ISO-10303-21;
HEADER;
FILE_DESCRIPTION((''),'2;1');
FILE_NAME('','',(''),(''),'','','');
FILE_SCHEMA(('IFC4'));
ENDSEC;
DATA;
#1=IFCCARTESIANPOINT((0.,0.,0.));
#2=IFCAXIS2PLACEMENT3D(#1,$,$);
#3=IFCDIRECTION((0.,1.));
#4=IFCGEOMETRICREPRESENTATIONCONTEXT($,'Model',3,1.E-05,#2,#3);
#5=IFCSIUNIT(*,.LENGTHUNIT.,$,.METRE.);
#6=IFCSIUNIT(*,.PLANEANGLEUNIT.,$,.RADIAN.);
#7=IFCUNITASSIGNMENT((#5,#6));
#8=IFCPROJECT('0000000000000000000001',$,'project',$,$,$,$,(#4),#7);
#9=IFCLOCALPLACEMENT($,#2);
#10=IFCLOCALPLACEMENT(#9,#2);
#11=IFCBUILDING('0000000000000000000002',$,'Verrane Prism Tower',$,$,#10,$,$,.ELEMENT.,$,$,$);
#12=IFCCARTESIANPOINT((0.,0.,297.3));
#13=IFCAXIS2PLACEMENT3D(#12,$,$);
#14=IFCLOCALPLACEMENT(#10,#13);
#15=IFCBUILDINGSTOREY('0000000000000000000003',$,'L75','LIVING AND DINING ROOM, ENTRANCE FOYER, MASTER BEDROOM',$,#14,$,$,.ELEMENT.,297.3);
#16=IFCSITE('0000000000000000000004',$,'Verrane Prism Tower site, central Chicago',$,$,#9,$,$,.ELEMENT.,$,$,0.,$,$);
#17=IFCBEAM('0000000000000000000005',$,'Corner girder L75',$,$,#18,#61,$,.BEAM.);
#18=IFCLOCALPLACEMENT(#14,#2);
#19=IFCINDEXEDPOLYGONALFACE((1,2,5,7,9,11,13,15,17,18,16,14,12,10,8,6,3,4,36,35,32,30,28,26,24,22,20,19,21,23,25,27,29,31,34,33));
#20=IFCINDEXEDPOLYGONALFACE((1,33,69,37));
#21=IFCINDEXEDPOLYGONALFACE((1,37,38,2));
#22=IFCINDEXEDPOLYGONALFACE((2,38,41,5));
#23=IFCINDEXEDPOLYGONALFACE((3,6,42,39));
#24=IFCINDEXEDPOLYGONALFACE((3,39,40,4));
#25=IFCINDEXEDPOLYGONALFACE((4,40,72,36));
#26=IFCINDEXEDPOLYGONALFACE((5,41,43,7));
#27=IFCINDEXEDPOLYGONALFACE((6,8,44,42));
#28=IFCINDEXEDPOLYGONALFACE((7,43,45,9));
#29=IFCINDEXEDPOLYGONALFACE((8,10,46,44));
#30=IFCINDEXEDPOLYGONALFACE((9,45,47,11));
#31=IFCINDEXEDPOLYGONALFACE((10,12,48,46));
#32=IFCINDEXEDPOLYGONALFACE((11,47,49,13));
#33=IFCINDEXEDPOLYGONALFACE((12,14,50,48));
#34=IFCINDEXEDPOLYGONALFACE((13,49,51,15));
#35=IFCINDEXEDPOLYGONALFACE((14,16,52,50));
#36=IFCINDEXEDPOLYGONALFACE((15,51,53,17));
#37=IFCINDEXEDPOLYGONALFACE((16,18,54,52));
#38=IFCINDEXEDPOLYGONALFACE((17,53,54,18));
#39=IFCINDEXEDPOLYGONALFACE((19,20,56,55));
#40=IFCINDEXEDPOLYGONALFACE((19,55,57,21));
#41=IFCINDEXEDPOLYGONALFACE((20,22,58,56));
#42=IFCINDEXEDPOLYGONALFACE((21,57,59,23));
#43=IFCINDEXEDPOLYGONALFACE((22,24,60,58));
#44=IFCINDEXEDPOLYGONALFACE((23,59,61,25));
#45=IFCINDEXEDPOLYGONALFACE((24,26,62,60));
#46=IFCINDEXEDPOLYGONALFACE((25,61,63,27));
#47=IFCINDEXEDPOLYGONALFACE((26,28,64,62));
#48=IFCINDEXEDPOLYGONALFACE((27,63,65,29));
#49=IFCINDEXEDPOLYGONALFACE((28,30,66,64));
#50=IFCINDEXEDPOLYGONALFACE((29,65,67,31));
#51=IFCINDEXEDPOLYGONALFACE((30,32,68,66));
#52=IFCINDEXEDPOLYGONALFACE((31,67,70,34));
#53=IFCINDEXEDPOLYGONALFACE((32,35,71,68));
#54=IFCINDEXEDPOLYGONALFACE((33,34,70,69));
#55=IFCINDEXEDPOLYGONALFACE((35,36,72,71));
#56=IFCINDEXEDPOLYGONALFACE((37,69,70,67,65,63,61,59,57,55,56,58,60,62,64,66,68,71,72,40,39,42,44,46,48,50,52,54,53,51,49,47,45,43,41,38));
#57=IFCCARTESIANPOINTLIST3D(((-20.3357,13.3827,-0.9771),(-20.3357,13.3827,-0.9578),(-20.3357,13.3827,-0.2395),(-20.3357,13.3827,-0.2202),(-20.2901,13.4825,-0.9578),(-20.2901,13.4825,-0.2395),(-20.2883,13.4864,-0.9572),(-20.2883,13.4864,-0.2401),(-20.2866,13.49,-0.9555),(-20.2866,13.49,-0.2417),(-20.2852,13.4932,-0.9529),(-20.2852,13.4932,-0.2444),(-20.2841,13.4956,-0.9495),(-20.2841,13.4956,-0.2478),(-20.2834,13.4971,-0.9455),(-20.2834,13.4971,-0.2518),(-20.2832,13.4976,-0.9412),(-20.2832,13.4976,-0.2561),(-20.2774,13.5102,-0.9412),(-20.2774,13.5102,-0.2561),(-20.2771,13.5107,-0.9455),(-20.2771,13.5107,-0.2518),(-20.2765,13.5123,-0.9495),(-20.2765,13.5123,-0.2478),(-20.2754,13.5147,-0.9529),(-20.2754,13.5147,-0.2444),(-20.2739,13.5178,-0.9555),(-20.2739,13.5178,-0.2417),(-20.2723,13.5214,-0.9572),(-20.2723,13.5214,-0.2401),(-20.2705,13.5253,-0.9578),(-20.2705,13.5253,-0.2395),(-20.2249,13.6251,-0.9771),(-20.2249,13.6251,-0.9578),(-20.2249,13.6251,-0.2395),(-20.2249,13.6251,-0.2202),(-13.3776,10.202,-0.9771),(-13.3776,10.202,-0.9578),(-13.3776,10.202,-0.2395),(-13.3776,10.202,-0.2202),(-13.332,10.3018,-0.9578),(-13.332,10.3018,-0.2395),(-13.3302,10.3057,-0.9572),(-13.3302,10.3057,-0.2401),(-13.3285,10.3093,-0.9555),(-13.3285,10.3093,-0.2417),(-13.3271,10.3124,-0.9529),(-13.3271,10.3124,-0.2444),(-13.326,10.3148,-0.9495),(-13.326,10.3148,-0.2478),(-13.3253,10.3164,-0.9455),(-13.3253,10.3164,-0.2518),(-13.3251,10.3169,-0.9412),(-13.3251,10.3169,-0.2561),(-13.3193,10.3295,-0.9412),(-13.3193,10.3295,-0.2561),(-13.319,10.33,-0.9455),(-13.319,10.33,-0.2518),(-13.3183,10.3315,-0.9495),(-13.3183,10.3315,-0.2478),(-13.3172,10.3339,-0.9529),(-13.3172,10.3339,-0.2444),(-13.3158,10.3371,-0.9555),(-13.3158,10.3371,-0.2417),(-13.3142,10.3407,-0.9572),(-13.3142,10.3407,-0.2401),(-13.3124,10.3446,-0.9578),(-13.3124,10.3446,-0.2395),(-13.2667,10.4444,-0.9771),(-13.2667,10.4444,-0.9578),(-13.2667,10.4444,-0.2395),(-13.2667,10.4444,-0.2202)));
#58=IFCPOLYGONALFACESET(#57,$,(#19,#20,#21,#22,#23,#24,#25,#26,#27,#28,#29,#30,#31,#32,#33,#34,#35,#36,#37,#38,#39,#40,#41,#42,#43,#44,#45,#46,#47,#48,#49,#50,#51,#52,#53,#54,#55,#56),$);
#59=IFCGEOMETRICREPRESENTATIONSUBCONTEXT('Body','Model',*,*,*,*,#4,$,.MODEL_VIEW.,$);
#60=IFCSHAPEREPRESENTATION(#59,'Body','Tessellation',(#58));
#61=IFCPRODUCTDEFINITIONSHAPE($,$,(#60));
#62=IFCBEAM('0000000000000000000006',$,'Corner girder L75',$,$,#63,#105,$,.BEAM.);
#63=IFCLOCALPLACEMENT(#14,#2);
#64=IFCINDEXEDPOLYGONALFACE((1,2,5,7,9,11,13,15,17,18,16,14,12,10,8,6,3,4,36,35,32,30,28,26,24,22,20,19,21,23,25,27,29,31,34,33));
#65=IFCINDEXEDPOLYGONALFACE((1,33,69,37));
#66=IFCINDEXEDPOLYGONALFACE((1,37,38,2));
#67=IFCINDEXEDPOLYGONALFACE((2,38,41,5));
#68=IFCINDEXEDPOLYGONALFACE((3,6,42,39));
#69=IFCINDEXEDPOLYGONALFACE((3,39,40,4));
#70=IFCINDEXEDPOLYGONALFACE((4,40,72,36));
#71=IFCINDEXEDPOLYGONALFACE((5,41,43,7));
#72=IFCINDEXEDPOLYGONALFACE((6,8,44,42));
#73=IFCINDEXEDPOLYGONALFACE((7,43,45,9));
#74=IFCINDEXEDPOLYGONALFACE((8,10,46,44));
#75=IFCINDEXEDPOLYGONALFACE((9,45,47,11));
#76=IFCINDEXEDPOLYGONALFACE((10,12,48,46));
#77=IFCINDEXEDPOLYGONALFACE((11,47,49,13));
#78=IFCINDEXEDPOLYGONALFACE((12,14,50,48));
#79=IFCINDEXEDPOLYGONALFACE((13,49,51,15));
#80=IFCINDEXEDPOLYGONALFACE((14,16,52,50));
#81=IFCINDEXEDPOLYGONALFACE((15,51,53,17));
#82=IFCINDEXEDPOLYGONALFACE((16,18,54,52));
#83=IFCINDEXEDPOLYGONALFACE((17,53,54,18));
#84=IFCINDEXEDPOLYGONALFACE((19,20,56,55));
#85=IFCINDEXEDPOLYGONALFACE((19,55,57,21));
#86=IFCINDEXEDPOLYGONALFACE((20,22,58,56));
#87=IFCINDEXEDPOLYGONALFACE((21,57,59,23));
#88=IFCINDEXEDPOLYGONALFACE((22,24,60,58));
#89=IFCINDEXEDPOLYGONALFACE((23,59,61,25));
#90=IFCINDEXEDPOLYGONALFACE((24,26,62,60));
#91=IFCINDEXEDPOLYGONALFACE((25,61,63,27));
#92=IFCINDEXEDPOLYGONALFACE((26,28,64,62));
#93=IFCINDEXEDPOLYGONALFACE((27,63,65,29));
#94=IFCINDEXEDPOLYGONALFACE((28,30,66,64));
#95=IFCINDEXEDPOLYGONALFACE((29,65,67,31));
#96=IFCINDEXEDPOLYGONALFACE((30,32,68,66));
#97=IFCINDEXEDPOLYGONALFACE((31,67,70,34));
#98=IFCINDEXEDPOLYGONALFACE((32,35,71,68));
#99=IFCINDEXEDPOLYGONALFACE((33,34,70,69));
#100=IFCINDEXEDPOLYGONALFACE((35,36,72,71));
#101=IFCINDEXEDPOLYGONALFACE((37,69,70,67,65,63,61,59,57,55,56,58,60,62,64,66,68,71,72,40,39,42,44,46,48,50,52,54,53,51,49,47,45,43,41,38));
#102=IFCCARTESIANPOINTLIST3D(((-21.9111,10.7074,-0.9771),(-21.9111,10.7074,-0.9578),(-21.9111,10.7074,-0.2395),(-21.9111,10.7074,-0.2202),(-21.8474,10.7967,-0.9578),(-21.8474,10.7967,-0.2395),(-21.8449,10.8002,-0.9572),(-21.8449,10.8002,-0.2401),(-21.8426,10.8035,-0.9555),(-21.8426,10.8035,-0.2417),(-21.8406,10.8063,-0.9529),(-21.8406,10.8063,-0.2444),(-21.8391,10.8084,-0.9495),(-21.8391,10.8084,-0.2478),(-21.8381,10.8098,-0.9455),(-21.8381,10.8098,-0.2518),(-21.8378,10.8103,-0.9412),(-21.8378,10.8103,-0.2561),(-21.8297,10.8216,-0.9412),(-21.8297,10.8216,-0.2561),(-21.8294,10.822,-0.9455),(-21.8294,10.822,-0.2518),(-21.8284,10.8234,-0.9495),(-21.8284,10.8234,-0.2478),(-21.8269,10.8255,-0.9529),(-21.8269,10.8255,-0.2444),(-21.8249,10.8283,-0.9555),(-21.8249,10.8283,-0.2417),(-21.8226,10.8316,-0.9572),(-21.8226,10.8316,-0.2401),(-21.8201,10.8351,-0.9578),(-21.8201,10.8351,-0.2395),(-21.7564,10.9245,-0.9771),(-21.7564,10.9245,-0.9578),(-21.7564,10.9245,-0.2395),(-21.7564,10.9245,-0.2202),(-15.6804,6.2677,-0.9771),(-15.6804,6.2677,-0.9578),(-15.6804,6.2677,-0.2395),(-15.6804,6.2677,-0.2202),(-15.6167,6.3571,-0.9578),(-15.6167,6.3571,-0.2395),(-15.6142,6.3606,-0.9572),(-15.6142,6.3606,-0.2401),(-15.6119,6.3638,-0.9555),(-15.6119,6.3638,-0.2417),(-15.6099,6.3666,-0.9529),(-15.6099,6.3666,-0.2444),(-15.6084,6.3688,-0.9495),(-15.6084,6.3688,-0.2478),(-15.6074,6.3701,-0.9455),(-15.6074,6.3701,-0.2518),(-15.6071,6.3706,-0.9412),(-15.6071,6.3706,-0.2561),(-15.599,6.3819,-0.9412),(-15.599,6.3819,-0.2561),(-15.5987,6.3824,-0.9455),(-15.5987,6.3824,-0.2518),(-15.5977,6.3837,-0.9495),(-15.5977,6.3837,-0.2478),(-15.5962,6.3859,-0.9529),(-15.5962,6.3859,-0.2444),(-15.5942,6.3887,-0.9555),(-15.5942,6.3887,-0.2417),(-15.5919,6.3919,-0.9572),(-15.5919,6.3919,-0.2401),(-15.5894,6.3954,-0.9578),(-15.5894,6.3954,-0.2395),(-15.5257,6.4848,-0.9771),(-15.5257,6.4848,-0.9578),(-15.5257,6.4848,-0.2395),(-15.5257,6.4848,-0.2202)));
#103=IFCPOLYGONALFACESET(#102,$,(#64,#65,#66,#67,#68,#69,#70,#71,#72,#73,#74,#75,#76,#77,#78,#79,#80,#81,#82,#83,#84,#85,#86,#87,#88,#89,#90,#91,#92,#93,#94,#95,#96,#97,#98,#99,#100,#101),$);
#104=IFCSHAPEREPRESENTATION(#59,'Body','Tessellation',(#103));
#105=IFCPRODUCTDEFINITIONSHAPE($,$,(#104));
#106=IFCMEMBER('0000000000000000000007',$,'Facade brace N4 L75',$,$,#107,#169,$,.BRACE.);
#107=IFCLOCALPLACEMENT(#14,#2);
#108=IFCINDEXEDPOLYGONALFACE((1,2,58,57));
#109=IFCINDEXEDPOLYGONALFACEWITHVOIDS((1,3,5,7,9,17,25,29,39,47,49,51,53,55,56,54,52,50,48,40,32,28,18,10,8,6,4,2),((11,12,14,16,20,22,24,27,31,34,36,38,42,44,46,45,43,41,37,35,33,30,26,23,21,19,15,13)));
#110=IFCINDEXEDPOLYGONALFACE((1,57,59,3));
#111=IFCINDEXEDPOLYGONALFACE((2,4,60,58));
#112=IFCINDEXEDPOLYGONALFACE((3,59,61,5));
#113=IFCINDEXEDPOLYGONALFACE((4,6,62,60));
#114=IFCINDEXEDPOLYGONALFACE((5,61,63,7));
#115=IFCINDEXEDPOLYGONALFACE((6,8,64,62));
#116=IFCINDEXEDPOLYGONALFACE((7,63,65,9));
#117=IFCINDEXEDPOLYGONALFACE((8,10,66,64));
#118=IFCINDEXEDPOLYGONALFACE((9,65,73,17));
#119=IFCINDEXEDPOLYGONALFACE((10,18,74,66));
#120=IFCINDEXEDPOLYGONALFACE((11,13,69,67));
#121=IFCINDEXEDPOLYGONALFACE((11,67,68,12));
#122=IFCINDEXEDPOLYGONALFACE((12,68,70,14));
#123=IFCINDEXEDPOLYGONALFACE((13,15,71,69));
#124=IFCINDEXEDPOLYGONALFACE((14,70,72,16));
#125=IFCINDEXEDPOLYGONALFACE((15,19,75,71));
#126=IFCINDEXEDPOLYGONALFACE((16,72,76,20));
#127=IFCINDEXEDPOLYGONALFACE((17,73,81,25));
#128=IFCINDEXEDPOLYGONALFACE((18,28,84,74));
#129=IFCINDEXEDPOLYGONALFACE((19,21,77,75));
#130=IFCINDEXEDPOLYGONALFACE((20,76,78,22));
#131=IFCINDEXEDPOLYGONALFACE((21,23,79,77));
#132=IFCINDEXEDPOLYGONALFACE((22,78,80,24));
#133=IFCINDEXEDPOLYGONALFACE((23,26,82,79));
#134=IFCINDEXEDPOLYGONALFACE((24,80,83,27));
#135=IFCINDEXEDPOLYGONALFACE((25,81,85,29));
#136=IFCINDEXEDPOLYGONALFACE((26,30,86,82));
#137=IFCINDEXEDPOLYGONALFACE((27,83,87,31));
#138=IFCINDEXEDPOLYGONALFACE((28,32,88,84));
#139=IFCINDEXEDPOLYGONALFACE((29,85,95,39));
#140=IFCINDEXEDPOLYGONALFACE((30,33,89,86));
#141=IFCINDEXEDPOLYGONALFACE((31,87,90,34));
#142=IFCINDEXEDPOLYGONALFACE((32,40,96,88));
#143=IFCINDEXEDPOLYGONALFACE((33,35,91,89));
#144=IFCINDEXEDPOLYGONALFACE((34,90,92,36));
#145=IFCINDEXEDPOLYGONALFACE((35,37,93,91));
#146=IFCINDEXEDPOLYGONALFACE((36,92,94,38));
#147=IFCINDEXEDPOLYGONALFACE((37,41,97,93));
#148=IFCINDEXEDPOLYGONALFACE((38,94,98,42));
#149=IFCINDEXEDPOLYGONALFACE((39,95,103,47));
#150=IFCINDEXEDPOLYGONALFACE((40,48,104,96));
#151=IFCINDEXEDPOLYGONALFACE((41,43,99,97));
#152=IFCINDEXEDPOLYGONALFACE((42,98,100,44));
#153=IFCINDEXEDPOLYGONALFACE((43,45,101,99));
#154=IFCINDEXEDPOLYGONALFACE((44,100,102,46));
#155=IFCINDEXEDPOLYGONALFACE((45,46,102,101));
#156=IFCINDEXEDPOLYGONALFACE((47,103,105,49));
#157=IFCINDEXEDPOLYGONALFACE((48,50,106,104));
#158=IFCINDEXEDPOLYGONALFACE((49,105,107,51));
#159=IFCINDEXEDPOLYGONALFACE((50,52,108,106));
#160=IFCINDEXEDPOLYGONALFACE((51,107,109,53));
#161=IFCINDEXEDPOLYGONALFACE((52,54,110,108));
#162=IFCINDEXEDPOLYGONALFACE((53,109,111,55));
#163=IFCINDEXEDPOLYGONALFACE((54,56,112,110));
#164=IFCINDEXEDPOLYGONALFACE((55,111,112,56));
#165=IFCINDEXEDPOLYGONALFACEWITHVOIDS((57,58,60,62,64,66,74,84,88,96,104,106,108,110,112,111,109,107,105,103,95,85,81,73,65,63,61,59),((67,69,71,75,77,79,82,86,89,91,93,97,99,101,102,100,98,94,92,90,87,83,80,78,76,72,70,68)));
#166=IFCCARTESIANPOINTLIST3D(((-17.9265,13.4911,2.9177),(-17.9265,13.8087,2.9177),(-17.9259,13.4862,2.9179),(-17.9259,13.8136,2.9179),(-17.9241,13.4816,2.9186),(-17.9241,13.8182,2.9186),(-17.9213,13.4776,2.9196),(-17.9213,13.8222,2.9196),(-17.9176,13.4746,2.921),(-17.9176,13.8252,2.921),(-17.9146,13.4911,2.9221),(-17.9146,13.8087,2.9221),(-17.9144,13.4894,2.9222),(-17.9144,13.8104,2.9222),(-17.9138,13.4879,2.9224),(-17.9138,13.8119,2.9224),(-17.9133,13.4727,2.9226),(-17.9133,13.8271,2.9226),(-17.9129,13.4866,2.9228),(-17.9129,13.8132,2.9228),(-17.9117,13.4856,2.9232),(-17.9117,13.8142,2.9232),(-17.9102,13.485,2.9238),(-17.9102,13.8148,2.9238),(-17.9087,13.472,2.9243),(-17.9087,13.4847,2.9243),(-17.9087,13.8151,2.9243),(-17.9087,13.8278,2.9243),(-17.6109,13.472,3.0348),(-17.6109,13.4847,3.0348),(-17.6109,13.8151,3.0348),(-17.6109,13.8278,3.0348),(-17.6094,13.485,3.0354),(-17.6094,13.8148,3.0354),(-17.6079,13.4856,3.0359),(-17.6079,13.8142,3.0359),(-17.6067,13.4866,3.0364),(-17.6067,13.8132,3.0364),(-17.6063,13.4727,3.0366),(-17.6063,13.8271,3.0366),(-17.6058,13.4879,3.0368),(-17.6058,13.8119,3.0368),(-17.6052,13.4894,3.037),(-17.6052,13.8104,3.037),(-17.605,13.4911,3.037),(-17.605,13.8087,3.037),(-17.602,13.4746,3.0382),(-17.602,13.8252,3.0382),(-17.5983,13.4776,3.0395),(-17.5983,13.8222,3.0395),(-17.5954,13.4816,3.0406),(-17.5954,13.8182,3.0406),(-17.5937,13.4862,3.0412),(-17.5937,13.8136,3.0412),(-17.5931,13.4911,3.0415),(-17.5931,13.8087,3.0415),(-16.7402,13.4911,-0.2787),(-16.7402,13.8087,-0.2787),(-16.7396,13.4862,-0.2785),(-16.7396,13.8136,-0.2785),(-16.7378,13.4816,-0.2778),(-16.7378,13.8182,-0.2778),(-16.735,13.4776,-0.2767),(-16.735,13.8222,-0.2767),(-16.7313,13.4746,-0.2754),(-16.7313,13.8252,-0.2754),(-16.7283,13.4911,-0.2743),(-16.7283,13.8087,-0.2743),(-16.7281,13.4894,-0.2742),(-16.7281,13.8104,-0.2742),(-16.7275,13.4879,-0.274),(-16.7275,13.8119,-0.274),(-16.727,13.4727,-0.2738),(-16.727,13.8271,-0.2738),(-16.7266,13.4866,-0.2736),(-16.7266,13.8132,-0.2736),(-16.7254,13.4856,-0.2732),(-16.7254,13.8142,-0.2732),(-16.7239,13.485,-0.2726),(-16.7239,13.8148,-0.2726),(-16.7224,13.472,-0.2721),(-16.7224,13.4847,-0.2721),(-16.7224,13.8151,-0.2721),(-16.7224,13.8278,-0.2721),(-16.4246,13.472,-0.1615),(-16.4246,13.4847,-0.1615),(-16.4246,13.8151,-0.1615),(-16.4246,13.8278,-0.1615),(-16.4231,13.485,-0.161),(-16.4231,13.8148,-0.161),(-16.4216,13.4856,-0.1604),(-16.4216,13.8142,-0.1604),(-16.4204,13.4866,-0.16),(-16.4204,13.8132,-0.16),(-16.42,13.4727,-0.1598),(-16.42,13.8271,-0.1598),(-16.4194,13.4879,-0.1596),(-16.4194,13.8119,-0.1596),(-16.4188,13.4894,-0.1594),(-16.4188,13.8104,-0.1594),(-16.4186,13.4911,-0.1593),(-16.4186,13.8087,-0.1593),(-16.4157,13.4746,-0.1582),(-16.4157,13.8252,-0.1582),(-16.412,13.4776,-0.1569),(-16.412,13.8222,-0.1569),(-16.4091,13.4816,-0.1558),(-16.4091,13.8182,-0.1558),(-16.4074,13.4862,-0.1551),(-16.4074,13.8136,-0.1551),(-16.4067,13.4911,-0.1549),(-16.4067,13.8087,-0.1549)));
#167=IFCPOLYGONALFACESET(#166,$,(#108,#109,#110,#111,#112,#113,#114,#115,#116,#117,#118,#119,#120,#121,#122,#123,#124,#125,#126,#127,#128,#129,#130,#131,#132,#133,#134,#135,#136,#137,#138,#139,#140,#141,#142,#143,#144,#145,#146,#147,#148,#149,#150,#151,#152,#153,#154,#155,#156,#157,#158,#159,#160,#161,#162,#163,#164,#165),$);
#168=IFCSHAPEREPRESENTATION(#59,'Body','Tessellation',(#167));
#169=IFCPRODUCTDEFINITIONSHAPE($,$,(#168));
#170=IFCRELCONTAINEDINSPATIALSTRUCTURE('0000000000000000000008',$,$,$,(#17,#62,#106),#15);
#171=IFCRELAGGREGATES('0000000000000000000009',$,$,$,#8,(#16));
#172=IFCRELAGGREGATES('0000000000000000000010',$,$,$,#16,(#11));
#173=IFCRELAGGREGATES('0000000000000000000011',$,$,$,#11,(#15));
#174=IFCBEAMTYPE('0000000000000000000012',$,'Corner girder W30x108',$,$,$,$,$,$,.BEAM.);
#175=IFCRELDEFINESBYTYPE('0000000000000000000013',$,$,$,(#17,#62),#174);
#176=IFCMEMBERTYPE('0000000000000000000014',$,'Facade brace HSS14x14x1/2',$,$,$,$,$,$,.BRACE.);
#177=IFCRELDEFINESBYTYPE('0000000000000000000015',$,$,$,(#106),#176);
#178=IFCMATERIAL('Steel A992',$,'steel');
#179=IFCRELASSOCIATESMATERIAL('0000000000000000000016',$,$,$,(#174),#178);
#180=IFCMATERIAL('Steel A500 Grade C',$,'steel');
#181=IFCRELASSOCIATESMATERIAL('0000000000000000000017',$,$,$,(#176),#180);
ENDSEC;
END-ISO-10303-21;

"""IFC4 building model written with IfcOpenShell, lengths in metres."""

from ifc_helpers import new_model, si_unit, direction, frame, origin, origin_2d, place, context, subcontext, project, spatial, hollow_rectangle, i_section, extrude, material, material_profile, profile_set, type_object, element, save


model = new_model("IFC4")

# Units and contexts
model_context = context("Model", 3, precision=1e-05, world=origin(), true_north=direction((0.0, 1.0)))
body_context = subcontext(model_context, "Body", "Model", "MODEL_VIEW")
ifc_project = project(units=[si_unit("LENGTHUNIT", "METRE"), si_unit("PLANEANGLEUNIT", "RADIAN")], contexts=[model_context])

# Site, building, storey
site_placement = place(None, origin())
site = spatial("IfcSite", under=ifc_project, at=site_placement, Name="Verrane Prism Tower site, central Chicago", CompositionType="ELEMENT", RefElevation=0.0)
building_placement = place(site_placement, origin())
building = spatial("IfcBuilding", under=site, at=building_placement, Name="Verrane Prism Tower", CompositionType="ELEMENT")
storey_placement = place(building_placement, frame((0.0, 0.0, 297.3)))
storey = spatial("IfcBuildingStorey", under=building, at=storey_placement, Name="L75", Description="LIVING AND DINING ROOM, ENTRANCE FOYER, MASTER BEDROOM", CompositionType="ELEMENT", Elevation=297.3)

# Beams
ifc_material_1 = material(Name="Steel A992", Category="steel")
ifc_material_profile_1 = material_profile(ifc_material_1, i_section(OverallWidth=0.2666, OverallDepth=0.7568, WebThickness=0.0139, FlangeThickness=0.0193, FilletRadius=0.0166, at=origin_2d()), Name="W30x108")
ifc_profile_set_1 = profile_set([ifc_material_profile_1], Name="Steel A992")
beam_type_1 = type_object("IfcBeamType", Name="Corner girder W30x108", PredefinedType="BEAM", material=ifc_profile_set_1)
for number, where, z_axis, x_axis, name in (
    (1, (-20.2803, 13.5039, -0.5986), (0.909481, -0.415745, 0.0), (0.415745, 0.909481, 0.0), "Corner girder L75"),
    (2, (-21.8337, 10.8159, -0.5986), (0.814401, -0.580302, 0.0), (0.580302, 0.814401, 0.0), "Corner girder L75"),
):
    element("IfcBeam", number, at=place(storey_placement, frame(where, z_axis=z_axis, x_axis=x_axis)), inside=storey, type_object=beam_type_1, Name=name, PredefinedType="BEAM", context=body_context, shape_type="SweptSolid", body=[
        extrude(i_section(OverallWidth=0.2666, OverallDepth=0.7568, WebThickness=0.0139, FlangeThickness=0.0193, FilletRadius=0.0166, at=origin_2d()), origin(), (0.0, 0.0, 1.0), 7.6506),
    ])

# Member
ifc_material_2 = material(Name="Steel A500 Grade C", Category="steel")
ifc_material_profile_2 = material_profile(ifc_material_2, hollow_rectangle(XDim=0.3557, YDim=0.3557, WallThickness=0.0127, InnerFilletRadius=0.0063, OuterFilletRadius=0.019, at=origin_2d()), Name="HSS14x14x1/2")
ifc_profile_set_2 = profile_set([ifc_material_profile_2], Name="Steel A500 Grade C")
member_type_1 = type_object("IfcMemberType", Name="Facade brace HSS14x14x1/2", PredefinedType="BRACE", material=ifc_profile_set_2)
member_1_placement = place(storey_placement, frame((-16.5735, 13.6499, -0.2168), z_axis=(-0.347951, 0.0, 0.937513), x_axis=(0.0, -1.0, 0.0)))
element("IfcMember", 3, at=member_1_placement, inside=storey, type_object=member_type_1, Name="Facade brace N4 L75", PredefinedType="BRACE", context=body_context, shape_type="SweptSolid", body=[
    extrude(hollow_rectangle(XDim=0.3557, YDim=0.3557, WallThickness=0.0127, InnerFilletRadius=0.0063, OuterFilletRadius=0.019, at=origin_2d()), origin(), (0.0, 0.0, 1.0), 3.4094),
])

save(model, "model.ifc")
